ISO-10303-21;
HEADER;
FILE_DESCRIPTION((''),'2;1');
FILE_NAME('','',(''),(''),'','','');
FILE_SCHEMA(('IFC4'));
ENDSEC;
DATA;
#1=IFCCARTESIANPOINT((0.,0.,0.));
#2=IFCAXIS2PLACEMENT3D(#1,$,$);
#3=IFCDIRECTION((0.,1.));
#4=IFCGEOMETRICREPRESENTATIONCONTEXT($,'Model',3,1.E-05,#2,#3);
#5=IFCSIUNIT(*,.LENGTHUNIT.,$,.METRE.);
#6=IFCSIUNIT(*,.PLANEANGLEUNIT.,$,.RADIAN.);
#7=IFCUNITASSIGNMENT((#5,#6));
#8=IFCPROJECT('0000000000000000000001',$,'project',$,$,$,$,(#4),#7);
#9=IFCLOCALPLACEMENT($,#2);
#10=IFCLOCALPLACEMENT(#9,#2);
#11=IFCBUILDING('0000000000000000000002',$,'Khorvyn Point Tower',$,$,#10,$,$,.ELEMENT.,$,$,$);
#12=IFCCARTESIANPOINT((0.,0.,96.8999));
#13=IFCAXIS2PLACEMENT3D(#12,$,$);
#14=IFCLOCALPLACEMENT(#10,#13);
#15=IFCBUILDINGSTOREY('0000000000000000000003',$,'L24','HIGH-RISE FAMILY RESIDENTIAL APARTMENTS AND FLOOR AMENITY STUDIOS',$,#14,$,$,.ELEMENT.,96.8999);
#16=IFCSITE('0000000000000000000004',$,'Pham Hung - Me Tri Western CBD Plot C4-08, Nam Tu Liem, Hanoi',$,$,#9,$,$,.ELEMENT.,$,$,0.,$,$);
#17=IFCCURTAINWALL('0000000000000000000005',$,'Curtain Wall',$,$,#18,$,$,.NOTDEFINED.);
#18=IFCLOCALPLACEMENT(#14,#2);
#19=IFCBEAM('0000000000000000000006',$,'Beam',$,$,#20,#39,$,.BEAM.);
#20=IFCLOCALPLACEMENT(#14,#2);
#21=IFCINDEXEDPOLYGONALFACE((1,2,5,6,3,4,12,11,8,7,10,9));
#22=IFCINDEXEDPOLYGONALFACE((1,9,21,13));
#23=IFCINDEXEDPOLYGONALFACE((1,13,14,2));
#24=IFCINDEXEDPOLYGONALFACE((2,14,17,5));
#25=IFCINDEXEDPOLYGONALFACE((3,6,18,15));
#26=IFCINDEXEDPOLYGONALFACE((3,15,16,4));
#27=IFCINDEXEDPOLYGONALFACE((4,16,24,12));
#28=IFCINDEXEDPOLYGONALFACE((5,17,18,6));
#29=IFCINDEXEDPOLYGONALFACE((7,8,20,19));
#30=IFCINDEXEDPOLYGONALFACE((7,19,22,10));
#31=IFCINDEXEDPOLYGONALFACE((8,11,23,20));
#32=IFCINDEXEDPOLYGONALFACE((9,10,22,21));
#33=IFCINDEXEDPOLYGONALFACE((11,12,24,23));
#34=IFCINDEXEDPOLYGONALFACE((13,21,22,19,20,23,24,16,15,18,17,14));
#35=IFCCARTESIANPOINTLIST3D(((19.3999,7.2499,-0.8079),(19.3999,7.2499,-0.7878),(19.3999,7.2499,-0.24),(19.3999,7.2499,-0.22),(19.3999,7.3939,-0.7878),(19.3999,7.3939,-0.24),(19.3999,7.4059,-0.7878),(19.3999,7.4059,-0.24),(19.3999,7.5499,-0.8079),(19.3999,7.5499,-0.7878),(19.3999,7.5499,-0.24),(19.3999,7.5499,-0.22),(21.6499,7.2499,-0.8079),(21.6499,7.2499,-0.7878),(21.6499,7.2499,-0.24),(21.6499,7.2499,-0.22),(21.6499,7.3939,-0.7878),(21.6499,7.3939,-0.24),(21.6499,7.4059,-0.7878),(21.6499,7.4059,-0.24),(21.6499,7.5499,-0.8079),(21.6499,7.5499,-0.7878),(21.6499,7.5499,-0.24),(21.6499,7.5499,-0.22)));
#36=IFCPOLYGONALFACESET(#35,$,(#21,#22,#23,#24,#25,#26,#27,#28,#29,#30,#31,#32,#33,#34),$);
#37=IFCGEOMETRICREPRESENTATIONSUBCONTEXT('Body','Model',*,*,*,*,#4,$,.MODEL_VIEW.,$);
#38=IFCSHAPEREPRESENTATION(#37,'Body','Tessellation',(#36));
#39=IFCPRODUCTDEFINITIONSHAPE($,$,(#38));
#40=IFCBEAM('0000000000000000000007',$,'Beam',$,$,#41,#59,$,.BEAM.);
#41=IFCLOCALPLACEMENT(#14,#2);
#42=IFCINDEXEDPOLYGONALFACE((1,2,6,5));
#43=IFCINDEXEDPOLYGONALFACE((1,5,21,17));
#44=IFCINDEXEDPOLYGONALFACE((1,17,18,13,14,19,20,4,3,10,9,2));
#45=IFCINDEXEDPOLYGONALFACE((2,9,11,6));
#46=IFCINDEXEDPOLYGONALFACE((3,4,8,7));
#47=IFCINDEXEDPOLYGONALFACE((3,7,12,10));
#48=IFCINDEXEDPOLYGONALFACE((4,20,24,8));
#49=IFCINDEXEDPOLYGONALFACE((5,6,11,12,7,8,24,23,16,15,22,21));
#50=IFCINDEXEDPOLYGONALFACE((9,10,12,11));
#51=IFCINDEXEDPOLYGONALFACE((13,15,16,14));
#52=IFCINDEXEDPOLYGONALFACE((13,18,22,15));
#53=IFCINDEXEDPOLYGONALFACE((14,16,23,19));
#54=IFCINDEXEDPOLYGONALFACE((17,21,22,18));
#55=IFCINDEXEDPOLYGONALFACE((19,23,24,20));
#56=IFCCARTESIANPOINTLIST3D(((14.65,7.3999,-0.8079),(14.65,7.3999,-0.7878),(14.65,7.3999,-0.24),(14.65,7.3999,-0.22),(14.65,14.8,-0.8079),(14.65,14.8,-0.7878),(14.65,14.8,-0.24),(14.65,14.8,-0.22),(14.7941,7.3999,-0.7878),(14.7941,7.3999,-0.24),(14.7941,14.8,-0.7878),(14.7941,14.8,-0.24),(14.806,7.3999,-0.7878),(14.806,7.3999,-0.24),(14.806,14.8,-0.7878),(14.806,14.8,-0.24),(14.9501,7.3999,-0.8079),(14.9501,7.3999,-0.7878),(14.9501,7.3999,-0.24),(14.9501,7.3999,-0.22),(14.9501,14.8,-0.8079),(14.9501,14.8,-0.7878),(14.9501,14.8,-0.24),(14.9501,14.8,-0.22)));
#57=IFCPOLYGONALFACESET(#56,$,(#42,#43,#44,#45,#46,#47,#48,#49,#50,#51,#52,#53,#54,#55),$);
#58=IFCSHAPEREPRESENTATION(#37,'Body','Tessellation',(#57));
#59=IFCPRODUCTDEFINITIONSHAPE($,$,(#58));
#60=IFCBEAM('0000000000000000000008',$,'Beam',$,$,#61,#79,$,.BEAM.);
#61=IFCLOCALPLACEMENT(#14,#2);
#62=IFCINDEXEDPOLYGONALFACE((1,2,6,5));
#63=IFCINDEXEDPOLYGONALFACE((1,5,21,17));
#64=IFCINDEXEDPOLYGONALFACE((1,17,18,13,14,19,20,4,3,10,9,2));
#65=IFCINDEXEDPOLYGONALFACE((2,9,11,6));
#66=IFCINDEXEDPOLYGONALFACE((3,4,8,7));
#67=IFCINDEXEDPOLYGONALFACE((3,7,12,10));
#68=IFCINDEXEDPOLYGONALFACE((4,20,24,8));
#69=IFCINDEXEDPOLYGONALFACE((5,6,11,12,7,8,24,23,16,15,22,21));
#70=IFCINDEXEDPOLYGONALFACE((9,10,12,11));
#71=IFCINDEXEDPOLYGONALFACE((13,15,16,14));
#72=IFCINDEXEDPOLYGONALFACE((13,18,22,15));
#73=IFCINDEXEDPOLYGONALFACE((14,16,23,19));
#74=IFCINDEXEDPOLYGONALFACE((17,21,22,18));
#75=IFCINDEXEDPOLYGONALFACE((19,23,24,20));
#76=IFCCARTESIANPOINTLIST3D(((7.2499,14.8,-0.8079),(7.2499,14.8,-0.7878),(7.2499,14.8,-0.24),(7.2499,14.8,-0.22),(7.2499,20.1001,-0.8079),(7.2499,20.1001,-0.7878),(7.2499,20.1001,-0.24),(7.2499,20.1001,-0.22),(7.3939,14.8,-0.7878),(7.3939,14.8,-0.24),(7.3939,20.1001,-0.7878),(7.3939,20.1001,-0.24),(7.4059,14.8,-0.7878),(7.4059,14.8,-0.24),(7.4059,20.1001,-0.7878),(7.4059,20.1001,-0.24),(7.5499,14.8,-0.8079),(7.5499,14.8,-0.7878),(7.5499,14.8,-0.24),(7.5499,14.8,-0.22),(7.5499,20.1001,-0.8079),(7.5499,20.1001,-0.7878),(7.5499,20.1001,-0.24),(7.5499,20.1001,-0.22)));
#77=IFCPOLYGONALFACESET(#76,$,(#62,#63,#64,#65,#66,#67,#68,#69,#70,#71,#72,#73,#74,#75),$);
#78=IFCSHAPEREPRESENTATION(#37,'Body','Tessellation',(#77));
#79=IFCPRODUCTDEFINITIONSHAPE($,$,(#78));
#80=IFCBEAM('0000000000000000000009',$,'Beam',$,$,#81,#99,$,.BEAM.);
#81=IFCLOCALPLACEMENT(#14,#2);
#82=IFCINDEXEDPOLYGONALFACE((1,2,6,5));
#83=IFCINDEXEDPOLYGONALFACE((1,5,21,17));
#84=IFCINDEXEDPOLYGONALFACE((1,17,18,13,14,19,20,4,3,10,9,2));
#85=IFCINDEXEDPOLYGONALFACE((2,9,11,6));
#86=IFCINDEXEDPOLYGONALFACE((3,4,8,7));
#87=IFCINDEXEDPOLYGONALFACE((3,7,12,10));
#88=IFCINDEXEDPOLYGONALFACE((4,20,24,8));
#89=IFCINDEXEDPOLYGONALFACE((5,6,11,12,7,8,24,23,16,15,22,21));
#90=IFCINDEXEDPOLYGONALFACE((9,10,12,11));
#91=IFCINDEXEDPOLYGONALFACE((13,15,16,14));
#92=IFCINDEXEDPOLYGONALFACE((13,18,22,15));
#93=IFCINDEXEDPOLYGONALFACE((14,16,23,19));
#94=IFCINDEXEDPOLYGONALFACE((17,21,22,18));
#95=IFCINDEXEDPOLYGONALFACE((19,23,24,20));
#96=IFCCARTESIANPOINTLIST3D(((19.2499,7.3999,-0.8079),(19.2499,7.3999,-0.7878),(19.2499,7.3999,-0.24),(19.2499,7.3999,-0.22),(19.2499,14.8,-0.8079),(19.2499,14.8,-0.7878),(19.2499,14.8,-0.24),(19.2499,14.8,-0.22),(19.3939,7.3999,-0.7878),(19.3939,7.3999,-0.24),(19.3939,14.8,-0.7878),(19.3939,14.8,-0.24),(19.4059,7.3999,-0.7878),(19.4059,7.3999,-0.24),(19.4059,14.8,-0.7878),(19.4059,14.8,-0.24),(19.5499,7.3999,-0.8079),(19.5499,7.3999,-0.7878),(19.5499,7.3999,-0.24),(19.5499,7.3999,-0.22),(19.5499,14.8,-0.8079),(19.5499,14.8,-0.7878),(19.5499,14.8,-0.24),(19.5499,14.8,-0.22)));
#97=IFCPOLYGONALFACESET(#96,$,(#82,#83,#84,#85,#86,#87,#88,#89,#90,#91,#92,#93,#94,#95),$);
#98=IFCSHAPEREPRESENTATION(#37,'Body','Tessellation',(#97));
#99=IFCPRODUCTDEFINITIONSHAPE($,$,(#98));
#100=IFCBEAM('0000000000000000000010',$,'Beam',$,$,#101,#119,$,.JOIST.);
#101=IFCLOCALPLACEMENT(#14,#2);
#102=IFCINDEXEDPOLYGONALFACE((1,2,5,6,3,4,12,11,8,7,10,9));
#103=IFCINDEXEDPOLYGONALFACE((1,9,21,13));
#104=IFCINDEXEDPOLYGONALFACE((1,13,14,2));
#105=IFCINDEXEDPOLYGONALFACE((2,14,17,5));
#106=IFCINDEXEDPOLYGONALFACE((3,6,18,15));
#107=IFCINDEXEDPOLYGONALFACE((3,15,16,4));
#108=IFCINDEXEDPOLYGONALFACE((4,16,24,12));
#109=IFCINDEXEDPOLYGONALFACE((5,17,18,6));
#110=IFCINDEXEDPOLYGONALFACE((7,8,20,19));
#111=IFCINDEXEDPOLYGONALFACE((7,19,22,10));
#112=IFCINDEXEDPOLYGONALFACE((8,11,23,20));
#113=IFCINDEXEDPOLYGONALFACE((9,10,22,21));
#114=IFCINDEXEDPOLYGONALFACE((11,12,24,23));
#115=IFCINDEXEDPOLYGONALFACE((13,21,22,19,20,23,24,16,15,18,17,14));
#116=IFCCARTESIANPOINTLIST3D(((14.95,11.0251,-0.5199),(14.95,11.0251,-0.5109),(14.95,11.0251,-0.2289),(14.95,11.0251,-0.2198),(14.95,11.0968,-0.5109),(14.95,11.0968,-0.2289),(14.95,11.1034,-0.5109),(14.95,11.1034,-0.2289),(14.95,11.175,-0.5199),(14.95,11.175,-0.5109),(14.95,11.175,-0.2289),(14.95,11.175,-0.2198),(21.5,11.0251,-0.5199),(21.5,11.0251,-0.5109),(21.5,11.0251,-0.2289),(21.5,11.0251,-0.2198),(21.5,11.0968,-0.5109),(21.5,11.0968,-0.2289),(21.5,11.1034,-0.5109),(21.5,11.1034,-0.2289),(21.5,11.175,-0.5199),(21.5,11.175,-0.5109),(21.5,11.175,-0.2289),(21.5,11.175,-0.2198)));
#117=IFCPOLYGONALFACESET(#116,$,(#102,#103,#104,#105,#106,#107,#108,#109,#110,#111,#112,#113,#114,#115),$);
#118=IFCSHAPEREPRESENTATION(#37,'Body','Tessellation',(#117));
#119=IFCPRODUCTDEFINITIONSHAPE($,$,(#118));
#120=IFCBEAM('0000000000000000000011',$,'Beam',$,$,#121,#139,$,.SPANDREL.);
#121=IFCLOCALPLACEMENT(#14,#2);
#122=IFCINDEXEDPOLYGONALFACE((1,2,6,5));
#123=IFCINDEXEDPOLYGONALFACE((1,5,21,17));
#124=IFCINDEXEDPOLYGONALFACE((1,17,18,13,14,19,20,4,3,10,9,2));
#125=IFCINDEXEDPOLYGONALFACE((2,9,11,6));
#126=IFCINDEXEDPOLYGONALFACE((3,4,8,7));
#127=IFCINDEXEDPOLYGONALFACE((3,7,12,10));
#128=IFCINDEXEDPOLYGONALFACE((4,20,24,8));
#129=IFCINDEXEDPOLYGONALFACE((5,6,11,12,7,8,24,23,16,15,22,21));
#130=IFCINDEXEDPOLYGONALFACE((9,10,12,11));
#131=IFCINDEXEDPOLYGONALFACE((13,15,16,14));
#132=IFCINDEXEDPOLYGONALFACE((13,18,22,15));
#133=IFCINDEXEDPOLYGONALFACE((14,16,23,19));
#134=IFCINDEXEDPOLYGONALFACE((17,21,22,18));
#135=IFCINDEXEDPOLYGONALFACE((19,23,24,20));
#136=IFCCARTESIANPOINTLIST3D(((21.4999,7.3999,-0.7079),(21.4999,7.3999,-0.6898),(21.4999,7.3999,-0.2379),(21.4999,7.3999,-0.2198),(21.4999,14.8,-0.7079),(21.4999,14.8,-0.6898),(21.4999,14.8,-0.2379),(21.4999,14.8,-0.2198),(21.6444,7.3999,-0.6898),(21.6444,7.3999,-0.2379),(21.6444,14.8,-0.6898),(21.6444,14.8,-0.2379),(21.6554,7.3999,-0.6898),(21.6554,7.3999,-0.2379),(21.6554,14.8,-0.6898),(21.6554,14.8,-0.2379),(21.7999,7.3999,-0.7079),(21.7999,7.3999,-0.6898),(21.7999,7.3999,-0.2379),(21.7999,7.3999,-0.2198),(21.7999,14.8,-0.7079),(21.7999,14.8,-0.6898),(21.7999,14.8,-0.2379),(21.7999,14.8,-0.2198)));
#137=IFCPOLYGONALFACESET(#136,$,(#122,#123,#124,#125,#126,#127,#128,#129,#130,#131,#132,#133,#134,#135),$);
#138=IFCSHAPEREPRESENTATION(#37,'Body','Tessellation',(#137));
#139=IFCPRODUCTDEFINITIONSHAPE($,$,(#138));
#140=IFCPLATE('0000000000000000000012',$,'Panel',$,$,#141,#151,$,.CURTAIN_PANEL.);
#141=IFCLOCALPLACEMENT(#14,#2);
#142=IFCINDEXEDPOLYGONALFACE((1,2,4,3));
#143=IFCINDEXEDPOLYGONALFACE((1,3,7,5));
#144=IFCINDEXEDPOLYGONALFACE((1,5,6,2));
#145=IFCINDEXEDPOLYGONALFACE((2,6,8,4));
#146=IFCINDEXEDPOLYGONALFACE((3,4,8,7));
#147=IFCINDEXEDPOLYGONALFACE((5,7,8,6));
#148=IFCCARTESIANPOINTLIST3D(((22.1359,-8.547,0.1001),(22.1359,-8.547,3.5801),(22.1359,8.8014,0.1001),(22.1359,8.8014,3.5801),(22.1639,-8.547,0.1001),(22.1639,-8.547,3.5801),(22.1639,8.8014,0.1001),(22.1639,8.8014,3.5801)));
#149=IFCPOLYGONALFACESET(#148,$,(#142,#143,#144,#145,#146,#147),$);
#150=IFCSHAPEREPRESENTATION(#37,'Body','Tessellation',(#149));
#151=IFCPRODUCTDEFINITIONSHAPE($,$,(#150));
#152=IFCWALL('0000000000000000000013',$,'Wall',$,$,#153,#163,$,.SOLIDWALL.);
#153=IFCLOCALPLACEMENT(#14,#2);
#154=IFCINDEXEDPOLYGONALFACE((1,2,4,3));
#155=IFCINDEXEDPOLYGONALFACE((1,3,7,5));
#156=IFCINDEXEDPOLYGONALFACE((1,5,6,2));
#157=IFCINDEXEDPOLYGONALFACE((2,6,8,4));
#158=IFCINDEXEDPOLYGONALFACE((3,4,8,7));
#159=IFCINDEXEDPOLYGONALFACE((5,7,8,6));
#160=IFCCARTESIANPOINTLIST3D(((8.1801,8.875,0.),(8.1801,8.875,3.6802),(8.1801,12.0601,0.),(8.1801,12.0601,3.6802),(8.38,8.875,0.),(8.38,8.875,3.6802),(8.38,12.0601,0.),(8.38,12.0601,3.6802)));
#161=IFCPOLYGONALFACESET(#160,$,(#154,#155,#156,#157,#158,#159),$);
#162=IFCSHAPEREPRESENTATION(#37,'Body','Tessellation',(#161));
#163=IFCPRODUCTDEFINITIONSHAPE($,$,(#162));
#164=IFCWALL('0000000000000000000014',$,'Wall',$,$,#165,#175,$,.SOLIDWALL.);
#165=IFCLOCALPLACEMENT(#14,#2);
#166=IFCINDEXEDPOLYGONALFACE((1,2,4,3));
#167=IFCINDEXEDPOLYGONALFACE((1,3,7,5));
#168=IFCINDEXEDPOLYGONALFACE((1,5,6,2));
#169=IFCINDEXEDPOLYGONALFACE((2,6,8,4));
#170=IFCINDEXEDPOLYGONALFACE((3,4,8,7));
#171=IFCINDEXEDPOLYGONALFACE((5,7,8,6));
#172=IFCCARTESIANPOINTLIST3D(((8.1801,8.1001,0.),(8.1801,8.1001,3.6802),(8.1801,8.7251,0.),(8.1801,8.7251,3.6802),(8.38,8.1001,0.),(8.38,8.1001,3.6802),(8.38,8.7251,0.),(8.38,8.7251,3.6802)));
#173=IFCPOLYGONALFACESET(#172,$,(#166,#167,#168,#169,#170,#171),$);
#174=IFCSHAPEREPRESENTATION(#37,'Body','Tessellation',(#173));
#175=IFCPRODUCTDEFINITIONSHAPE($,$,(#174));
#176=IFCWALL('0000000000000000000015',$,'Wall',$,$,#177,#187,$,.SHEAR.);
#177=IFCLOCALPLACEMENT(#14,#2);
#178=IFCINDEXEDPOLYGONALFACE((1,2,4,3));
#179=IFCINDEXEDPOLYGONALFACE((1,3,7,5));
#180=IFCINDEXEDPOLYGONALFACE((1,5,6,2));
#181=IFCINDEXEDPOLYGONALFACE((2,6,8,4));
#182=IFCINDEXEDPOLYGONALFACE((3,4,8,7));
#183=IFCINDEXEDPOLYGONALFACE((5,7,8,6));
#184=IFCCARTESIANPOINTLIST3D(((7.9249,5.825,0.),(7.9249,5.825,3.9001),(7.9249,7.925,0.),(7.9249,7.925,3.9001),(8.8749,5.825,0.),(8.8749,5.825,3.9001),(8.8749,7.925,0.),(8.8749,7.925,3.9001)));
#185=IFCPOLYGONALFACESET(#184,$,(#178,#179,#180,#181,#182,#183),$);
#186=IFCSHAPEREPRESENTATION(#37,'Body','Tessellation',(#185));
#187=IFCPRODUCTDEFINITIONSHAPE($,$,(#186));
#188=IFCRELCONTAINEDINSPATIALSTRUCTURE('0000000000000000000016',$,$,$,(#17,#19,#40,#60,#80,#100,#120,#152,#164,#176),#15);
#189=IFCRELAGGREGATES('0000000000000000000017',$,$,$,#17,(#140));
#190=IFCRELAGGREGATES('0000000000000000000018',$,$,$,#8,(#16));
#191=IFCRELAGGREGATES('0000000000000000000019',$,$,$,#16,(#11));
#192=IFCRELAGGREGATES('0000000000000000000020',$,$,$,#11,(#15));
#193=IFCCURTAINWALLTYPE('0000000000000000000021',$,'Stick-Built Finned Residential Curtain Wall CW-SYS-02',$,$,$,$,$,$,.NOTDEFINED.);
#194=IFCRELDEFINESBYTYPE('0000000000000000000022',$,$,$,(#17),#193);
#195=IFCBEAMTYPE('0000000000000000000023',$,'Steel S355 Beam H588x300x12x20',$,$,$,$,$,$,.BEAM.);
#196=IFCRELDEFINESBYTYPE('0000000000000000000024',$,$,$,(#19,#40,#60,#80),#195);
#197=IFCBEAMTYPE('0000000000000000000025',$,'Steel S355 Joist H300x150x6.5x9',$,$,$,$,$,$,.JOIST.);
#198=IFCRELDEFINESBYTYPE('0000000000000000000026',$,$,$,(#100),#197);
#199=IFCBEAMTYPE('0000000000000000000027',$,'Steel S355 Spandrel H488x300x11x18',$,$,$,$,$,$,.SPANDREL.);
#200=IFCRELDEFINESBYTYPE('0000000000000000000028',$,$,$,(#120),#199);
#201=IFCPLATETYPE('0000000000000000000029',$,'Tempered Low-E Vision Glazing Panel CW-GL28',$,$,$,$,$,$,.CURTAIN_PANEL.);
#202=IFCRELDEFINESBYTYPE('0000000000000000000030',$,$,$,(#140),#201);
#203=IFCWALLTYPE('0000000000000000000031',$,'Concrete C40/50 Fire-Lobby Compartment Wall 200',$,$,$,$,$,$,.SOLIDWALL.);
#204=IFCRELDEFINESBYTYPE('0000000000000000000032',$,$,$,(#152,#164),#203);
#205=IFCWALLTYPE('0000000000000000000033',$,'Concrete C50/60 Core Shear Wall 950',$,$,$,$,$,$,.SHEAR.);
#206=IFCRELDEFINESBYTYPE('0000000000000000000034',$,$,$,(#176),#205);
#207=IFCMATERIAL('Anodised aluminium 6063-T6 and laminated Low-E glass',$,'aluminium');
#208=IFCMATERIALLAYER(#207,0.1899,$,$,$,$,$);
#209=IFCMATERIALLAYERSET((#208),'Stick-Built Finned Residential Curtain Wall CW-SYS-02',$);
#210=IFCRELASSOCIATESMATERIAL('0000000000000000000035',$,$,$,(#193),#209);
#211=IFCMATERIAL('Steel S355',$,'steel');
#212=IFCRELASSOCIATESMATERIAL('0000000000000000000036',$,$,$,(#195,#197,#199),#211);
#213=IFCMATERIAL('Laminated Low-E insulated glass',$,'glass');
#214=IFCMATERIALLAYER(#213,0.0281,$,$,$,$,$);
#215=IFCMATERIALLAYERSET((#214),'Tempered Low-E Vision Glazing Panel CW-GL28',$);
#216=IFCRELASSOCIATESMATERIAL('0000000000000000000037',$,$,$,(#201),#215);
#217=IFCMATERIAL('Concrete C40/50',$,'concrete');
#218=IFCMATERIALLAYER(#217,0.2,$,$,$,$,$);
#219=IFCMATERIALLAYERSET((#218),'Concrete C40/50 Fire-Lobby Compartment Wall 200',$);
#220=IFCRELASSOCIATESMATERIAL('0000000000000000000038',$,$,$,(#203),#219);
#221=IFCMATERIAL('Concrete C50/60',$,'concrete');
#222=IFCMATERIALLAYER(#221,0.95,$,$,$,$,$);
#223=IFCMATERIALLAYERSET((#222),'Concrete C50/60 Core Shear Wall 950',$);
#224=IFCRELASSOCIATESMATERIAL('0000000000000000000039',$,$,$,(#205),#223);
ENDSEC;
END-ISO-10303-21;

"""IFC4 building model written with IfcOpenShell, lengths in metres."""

from ifc_helpers import new_model, si_unit, direction, frame, frame_2d, origin, origin_2d, place, context, subcontext, project, spatial, rectangle, i_section, extrude, material, layer, layer_set, material_profile, profile_set, type_object, element, aggregate, save


model = new_model("IFC4")

# Units and contexts
model_context = context("Model", 3, precision=1e-05, world=origin(), true_north=direction((0.0, 1.0)))
body_context = subcontext(model_context, "Body", "Model", "MODEL_VIEW")
ifc_project = project(units=[si_unit("LENGTHUNIT", "METRE"), si_unit("PLANEANGLEUNIT", "RADIAN")], contexts=[model_context])

# Site, building, storey
site_placement = place(None, origin())
site = spatial("IfcSite", under=ifc_project, at=site_placement, Name="Pham Hung - Me Tri Western CBD Plot C4-08, Nam Tu Liem, Hanoi", CompositionType="ELEMENT", RefElevation=0.0)
building_placement = place(site_placement, origin())
building = spatial("IfcBuilding", under=site, at=building_placement, Name="Khorvyn Point Tower", CompositionType="ELEMENT")
storey_placement = place(building_placement, frame((0.0, 0.0, 96.8999)))
storey = spatial("IfcBuildingStorey", under=building, at=storey_placement, Name="L24", Description="HIGH-RISE FAMILY RESIDENTIAL APARTMENTS AND FLOOR AMENITY STUDIOS", CompositionType="ELEMENT", Elevation=96.8999)

# Shared definitions
ifc_material_1 = material(Name="Concrete C50/60", Category="concrete")

# Curtain wall
ifc_material_2 = material(Name="Anodised aluminium 6063-T6 and laminated Low-E glass", Category="aluminium")
ifc_layer_1 = layer(ifc_material_2, 0.1899)
ifc_layer_set_1 = layer_set([ifc_layer_1], Name="Stick-Built Finned Residential Curtain Wall CW-SYS-02")
curtain_wall_type = type_object("IfcCurtainWallType", Name="Stick-Built Finned Residential Curtain Wall CW-SYS-02", PredefinedType="NOTDEFINED", material=ifc_layer_set_1)
curtain_wall_placement = place(storey_placement, origin())
curtain_wall = element("IfcCurtainWall", 1, at=curtain_wall_placement, inside=storey, type_object=curtain_wall_type, Name="Curtain Wall", PredefinedType="NOTDEFINED")

# Beams
ifc_material_3 = material(Name="Steel S355", Category="steel")
ifc_material_profile_1 = material_profile(ifc_material_3, i_section(OverallWidth=0.3, OverallDepth=0.5879, WebThickness=0.012, FlangeThickness=0.02, at=origin_2d()))
ifc_profile_set_1 = profile_set([ifc_material_profile_1], Name="Steel S355 H588x300x12x20")
beam_type_1 = type_object("IfcBeamType", Name="Steel S355 Beam H588x300x12x20", PredefinedType="BEAM", material=ifc_profile_set_1)
beam_1_placement = place(storey_placement, frame((19.3999, 7.3999, -0.5139), z_axis=(1.0, 0.0, 0.0), x_axis=(0.0, 1.0, 0.0)))
element("IfcBeam", 2, at=beam_1_placement, inside=storey, type_object=beam_type_1, Name="Beam", PredefinedType="BEAM", context=body_context, shape_type="SweptSolid", body=[
    extrude(i_section(OverallWidth=0.3, OverallDepth=0.5879, WebThickness=0.012, FlangeThickness=0.02, at=origin_2d()), origin(), (0.0, 0.0, 1.0), 2.25),
])
beam_2_placement = place(storey_placement, frame((14.8, 7.3999, -0.5139), z_axis=(0.0, 1.0, 0.0), x_axis=(-1.0, 0.0, 0.0)))
element("IfcBeam", 3, at=beam_2_placement, inside=storey, type_object=beam_type_1, Name="Beam", PredefinedType="BEAM", context=body_context, shape_type="SweptSolid", body=[
    extrude(i_section(OverallWidth=0.3, OverallDepth=0.5879, WebThickness=0.012, FlangeThickness=0.02, at=origin_2d()), origin(), (0.0, 0.0, 1.0), 7.4001),
])
beam_3_placement = place(storey_placement, frame((7.3999, 14.8, -0.5139), z_axis=(0.0, 1.0, 0.0), x_axis=(-1.0, 0.0, 0.0)))
element("IfcBeam", 4, at=beam_3_placement, inside=storey, type_object=beam_type_1, Name="Beam", PredefinedType="BEAM", context=body_context, shape_type="SweptSolid", body=[
    extrude(i_section(OverallWidth=0.3, OverallDepth=0.5879, WebThickness=0.012, FlangeThickness=0.02, at=origin_2d()), origin(), (0.0, 0.0, 1.0), 5.3),
])
beam_4_placement = place(storey_placement, frame((19.3999, 7.3999, -0.5139), z_axis=(0.0, 1.0, 0.0), x_axis=(-1.0, 0.0, 0.0)))
element("IfcBeam", 5, at=beam_4_placement, inside=storey, type_object=beam_type_1, Name="Beam", PredefinedType="BEAM", context=body_context, shape_type="SweptSolid", body=[
    extrude(i_section(OverallWidth=0.3, OverallDepth=0.5879, WebThickness=0.012, FlangeThickness=0.02, at=origin_2d()), origin(), (0.0, 0.0, 1.0), 7.4001),
])
ifc_material_profile_2 = material_profile(ifc_material_3, i_section(OverallWidth=0.1499, OverallDepth=0.3, WebThickness=0.0066, FlangeThickness=0.009, at=origin_2d()))
ifc_profile_set_2 = profile_set([ifc_material_profile_2], Name="Steel S355 H300x150x6.5x9")
beam_type_2 = type_object("IfcBeamType", Name="Steel S355 Joist H300x150x6.5x9", PredefinedType="JOIST", material=ifc_profile_set_2)
beam_5_placement = place(storey_placement, frame((14.95, 11.1001, -0.3699), z_axis=(1.0, 0.0, 0.0), x_axis=(0.0, 1.0, 0.0)))
element("IfcBeam", 6, at=beam_5_placement, inside=storey, type_object=beam_type_2, Name="Beam", PredefinedType="JOIST", context=body_context, shape_type="SweptSolid", body=[
    extrude(i_section(OverallWidth=0.1499, OverallDepth=0.3, WebThickness=0.0066, FlangeThickness=0.009, at=origin_2d()), origin(), (0.0, 0.0, 1.0), 6.55),
])
ifc_material_profile_3 = material_profile(ifc_material_3, i_section(OverallWidth=0.3, OverallDepth=0.488, WebThickness=0.011, FlangeThickness=0.0181, at=origin_2d()))
ifc_profile_set_3 = profile_set([ifc_material_profile_3], Name="Steel S355 H488x300x11x18")
beam_type_3 = type_object("IfcBeamType", Name="Steel S355 Spandrel H488x300x11x18", PredefinedType="SPANDREL", material=ifc_profile_set_3)
beam_6_placement = place(storey_placement, frame((21.6499, 7.3999, -0.4639), z_axis=(0.0, 1.0, 0.0), x_axis=(-1.0, 0.0, 0.0)))
element("IfcBeam", 7, at=beam_6_placement, inside=storey, type_object=beam_type_3, Name="Beam", PredefinedType="SPANDREL", context=body_context, shape_type="SweptSolid", body=[
    extrude(i_section(OverallWidth=0.3, OverallDepth=0.488, WebThickness=0.011, FlangeThickness=0.0181, at=origin_2d()), origin(), (0.0, 0.0, 1.0), 7.4001),
])

# Plate
ifc_material_4 = material(Name="Laminated Low-E insulated glass", Category="glass")
ifc_layer_2 = layer(ifc_material_4, 0.0281)
ifc_layer_set_2 = layer_set([ifc_layer_2], Name="Tempered Low-E Vision Glazing Panel CW-GL28")
plate_type = type_object("IfcPlateType", Name="Tempered Low-E Vision Glazing Panel CW-GL28", PredefinedType="CURTAIN_PANEL", material=ifc_layer_set_2)
plate_placement = place(storey_placement, frame((22.1499, 0.1272, 0.1001), z_axis=(0.0, 0.0, 1.0), x_axis=(0.0, -1.0, 0.0)))
plate = element("IfcPlate", 8, at=plate_placement, type_object=plate_type, Name="Panel", PredefinedType="CURTAIN_PANEL", context=body_context, shape_type="SweptSolid", body=[
    extrude(rectangle(XDim=17.3484, YDim=0.0281, at=origin_2d()), origin(), (0.0, 0.0, 1.0), 3.48),
])
aggregate(curtain_wall, [plate])

# Walls
ifc_material_5 = material(Name="Concrete C40/50", Category="concrete")
ifc_layer_3 = layer(ifc_material_5, 0.2)
ifc_layer_set_3 = layer_set([ifc_layer_3], Name="Concrete C40/50 Fire-Lobby Compartment Wall 200")
wall_type_1 = type_object("IfcWallType", Name="Concrete C40/50 Fire-Lobby Compartment Wall 200", PredefinedType="SOLIDWALL", material=ifc_layer_set_3)
wall_1_placement = place(storey_placement, frame((8.28, 8.875, 0.0), z_axis=(0.0, 0.0, 1.0), x_axis=(0.0, 1.0, 0.0)))
element("IfcWall", 9, at=wall_1_placement, inside=storey, type_object=wall_type_1, Name="Wall", PredefinedType="SOLIDWALL", context=body_context, shape_type="SweptSolid", body=[
    extrude(rectangle(XDim=3.1851, YDim=0.2, at=frame_2d((1.5925, 0.0))), origin(), (0.0, 0.0, 1.0), 3.6802),
])
wall_2_placement = place(storey_placement, frame((8.28, 8.1001, 0.0), z_axis=(0.0, 0.0, 1.0), x_axis=(0.0, 1.0, 0.0)))
element("IfcWall", 10, at=wall_2_placement, inside=storey, type_object=wall_type_1, Name="Wall", PredefinedType="SOLIDWALL", context=body_context, shape_type="SweptSolid", body=[
    extrude(rectangle(XDim=0.625, YDim=0.2, at=frame_2d((0.3125, 0.0))), origin(), (0.0, 0.0, 1.0), 3.6802),
])
ifc_layer_4 = layer(ifc_material_1, 0.95)
ifc_layer_set_4 = layer_set([ifc_layer_4], Name="Concrete C50/60 Core Shear Wall 950")
wall_type_2 = type_object("IfcWallType", Name="Concrete C50/60 Core Shear Wall 950", PredefinedType="SHEAR", material=ifc_layer_set_4)
wall_3_placement = place(storey_placement, frame((8.3999, 5.825, 0.0), z_axis=(0.0, 0.0, 1.0), x_axis=(0.0, 1.0, 0.0)))
element("IfcWall", 11, at=wall_3_placement, inside=storey, type_object=wall_type_2, Name="Wall", PredefinedType="SHEAR", context=body_context, shape_type="SweptSolid", body=[
    extrude(rectangle(XDim=2.1001, YDim=0.95, at=frame_2d((1.05, 0.0))), origin(), (0.0, 0.0, 1.0), 3.9001),
])

save(model, "model.ifc")
